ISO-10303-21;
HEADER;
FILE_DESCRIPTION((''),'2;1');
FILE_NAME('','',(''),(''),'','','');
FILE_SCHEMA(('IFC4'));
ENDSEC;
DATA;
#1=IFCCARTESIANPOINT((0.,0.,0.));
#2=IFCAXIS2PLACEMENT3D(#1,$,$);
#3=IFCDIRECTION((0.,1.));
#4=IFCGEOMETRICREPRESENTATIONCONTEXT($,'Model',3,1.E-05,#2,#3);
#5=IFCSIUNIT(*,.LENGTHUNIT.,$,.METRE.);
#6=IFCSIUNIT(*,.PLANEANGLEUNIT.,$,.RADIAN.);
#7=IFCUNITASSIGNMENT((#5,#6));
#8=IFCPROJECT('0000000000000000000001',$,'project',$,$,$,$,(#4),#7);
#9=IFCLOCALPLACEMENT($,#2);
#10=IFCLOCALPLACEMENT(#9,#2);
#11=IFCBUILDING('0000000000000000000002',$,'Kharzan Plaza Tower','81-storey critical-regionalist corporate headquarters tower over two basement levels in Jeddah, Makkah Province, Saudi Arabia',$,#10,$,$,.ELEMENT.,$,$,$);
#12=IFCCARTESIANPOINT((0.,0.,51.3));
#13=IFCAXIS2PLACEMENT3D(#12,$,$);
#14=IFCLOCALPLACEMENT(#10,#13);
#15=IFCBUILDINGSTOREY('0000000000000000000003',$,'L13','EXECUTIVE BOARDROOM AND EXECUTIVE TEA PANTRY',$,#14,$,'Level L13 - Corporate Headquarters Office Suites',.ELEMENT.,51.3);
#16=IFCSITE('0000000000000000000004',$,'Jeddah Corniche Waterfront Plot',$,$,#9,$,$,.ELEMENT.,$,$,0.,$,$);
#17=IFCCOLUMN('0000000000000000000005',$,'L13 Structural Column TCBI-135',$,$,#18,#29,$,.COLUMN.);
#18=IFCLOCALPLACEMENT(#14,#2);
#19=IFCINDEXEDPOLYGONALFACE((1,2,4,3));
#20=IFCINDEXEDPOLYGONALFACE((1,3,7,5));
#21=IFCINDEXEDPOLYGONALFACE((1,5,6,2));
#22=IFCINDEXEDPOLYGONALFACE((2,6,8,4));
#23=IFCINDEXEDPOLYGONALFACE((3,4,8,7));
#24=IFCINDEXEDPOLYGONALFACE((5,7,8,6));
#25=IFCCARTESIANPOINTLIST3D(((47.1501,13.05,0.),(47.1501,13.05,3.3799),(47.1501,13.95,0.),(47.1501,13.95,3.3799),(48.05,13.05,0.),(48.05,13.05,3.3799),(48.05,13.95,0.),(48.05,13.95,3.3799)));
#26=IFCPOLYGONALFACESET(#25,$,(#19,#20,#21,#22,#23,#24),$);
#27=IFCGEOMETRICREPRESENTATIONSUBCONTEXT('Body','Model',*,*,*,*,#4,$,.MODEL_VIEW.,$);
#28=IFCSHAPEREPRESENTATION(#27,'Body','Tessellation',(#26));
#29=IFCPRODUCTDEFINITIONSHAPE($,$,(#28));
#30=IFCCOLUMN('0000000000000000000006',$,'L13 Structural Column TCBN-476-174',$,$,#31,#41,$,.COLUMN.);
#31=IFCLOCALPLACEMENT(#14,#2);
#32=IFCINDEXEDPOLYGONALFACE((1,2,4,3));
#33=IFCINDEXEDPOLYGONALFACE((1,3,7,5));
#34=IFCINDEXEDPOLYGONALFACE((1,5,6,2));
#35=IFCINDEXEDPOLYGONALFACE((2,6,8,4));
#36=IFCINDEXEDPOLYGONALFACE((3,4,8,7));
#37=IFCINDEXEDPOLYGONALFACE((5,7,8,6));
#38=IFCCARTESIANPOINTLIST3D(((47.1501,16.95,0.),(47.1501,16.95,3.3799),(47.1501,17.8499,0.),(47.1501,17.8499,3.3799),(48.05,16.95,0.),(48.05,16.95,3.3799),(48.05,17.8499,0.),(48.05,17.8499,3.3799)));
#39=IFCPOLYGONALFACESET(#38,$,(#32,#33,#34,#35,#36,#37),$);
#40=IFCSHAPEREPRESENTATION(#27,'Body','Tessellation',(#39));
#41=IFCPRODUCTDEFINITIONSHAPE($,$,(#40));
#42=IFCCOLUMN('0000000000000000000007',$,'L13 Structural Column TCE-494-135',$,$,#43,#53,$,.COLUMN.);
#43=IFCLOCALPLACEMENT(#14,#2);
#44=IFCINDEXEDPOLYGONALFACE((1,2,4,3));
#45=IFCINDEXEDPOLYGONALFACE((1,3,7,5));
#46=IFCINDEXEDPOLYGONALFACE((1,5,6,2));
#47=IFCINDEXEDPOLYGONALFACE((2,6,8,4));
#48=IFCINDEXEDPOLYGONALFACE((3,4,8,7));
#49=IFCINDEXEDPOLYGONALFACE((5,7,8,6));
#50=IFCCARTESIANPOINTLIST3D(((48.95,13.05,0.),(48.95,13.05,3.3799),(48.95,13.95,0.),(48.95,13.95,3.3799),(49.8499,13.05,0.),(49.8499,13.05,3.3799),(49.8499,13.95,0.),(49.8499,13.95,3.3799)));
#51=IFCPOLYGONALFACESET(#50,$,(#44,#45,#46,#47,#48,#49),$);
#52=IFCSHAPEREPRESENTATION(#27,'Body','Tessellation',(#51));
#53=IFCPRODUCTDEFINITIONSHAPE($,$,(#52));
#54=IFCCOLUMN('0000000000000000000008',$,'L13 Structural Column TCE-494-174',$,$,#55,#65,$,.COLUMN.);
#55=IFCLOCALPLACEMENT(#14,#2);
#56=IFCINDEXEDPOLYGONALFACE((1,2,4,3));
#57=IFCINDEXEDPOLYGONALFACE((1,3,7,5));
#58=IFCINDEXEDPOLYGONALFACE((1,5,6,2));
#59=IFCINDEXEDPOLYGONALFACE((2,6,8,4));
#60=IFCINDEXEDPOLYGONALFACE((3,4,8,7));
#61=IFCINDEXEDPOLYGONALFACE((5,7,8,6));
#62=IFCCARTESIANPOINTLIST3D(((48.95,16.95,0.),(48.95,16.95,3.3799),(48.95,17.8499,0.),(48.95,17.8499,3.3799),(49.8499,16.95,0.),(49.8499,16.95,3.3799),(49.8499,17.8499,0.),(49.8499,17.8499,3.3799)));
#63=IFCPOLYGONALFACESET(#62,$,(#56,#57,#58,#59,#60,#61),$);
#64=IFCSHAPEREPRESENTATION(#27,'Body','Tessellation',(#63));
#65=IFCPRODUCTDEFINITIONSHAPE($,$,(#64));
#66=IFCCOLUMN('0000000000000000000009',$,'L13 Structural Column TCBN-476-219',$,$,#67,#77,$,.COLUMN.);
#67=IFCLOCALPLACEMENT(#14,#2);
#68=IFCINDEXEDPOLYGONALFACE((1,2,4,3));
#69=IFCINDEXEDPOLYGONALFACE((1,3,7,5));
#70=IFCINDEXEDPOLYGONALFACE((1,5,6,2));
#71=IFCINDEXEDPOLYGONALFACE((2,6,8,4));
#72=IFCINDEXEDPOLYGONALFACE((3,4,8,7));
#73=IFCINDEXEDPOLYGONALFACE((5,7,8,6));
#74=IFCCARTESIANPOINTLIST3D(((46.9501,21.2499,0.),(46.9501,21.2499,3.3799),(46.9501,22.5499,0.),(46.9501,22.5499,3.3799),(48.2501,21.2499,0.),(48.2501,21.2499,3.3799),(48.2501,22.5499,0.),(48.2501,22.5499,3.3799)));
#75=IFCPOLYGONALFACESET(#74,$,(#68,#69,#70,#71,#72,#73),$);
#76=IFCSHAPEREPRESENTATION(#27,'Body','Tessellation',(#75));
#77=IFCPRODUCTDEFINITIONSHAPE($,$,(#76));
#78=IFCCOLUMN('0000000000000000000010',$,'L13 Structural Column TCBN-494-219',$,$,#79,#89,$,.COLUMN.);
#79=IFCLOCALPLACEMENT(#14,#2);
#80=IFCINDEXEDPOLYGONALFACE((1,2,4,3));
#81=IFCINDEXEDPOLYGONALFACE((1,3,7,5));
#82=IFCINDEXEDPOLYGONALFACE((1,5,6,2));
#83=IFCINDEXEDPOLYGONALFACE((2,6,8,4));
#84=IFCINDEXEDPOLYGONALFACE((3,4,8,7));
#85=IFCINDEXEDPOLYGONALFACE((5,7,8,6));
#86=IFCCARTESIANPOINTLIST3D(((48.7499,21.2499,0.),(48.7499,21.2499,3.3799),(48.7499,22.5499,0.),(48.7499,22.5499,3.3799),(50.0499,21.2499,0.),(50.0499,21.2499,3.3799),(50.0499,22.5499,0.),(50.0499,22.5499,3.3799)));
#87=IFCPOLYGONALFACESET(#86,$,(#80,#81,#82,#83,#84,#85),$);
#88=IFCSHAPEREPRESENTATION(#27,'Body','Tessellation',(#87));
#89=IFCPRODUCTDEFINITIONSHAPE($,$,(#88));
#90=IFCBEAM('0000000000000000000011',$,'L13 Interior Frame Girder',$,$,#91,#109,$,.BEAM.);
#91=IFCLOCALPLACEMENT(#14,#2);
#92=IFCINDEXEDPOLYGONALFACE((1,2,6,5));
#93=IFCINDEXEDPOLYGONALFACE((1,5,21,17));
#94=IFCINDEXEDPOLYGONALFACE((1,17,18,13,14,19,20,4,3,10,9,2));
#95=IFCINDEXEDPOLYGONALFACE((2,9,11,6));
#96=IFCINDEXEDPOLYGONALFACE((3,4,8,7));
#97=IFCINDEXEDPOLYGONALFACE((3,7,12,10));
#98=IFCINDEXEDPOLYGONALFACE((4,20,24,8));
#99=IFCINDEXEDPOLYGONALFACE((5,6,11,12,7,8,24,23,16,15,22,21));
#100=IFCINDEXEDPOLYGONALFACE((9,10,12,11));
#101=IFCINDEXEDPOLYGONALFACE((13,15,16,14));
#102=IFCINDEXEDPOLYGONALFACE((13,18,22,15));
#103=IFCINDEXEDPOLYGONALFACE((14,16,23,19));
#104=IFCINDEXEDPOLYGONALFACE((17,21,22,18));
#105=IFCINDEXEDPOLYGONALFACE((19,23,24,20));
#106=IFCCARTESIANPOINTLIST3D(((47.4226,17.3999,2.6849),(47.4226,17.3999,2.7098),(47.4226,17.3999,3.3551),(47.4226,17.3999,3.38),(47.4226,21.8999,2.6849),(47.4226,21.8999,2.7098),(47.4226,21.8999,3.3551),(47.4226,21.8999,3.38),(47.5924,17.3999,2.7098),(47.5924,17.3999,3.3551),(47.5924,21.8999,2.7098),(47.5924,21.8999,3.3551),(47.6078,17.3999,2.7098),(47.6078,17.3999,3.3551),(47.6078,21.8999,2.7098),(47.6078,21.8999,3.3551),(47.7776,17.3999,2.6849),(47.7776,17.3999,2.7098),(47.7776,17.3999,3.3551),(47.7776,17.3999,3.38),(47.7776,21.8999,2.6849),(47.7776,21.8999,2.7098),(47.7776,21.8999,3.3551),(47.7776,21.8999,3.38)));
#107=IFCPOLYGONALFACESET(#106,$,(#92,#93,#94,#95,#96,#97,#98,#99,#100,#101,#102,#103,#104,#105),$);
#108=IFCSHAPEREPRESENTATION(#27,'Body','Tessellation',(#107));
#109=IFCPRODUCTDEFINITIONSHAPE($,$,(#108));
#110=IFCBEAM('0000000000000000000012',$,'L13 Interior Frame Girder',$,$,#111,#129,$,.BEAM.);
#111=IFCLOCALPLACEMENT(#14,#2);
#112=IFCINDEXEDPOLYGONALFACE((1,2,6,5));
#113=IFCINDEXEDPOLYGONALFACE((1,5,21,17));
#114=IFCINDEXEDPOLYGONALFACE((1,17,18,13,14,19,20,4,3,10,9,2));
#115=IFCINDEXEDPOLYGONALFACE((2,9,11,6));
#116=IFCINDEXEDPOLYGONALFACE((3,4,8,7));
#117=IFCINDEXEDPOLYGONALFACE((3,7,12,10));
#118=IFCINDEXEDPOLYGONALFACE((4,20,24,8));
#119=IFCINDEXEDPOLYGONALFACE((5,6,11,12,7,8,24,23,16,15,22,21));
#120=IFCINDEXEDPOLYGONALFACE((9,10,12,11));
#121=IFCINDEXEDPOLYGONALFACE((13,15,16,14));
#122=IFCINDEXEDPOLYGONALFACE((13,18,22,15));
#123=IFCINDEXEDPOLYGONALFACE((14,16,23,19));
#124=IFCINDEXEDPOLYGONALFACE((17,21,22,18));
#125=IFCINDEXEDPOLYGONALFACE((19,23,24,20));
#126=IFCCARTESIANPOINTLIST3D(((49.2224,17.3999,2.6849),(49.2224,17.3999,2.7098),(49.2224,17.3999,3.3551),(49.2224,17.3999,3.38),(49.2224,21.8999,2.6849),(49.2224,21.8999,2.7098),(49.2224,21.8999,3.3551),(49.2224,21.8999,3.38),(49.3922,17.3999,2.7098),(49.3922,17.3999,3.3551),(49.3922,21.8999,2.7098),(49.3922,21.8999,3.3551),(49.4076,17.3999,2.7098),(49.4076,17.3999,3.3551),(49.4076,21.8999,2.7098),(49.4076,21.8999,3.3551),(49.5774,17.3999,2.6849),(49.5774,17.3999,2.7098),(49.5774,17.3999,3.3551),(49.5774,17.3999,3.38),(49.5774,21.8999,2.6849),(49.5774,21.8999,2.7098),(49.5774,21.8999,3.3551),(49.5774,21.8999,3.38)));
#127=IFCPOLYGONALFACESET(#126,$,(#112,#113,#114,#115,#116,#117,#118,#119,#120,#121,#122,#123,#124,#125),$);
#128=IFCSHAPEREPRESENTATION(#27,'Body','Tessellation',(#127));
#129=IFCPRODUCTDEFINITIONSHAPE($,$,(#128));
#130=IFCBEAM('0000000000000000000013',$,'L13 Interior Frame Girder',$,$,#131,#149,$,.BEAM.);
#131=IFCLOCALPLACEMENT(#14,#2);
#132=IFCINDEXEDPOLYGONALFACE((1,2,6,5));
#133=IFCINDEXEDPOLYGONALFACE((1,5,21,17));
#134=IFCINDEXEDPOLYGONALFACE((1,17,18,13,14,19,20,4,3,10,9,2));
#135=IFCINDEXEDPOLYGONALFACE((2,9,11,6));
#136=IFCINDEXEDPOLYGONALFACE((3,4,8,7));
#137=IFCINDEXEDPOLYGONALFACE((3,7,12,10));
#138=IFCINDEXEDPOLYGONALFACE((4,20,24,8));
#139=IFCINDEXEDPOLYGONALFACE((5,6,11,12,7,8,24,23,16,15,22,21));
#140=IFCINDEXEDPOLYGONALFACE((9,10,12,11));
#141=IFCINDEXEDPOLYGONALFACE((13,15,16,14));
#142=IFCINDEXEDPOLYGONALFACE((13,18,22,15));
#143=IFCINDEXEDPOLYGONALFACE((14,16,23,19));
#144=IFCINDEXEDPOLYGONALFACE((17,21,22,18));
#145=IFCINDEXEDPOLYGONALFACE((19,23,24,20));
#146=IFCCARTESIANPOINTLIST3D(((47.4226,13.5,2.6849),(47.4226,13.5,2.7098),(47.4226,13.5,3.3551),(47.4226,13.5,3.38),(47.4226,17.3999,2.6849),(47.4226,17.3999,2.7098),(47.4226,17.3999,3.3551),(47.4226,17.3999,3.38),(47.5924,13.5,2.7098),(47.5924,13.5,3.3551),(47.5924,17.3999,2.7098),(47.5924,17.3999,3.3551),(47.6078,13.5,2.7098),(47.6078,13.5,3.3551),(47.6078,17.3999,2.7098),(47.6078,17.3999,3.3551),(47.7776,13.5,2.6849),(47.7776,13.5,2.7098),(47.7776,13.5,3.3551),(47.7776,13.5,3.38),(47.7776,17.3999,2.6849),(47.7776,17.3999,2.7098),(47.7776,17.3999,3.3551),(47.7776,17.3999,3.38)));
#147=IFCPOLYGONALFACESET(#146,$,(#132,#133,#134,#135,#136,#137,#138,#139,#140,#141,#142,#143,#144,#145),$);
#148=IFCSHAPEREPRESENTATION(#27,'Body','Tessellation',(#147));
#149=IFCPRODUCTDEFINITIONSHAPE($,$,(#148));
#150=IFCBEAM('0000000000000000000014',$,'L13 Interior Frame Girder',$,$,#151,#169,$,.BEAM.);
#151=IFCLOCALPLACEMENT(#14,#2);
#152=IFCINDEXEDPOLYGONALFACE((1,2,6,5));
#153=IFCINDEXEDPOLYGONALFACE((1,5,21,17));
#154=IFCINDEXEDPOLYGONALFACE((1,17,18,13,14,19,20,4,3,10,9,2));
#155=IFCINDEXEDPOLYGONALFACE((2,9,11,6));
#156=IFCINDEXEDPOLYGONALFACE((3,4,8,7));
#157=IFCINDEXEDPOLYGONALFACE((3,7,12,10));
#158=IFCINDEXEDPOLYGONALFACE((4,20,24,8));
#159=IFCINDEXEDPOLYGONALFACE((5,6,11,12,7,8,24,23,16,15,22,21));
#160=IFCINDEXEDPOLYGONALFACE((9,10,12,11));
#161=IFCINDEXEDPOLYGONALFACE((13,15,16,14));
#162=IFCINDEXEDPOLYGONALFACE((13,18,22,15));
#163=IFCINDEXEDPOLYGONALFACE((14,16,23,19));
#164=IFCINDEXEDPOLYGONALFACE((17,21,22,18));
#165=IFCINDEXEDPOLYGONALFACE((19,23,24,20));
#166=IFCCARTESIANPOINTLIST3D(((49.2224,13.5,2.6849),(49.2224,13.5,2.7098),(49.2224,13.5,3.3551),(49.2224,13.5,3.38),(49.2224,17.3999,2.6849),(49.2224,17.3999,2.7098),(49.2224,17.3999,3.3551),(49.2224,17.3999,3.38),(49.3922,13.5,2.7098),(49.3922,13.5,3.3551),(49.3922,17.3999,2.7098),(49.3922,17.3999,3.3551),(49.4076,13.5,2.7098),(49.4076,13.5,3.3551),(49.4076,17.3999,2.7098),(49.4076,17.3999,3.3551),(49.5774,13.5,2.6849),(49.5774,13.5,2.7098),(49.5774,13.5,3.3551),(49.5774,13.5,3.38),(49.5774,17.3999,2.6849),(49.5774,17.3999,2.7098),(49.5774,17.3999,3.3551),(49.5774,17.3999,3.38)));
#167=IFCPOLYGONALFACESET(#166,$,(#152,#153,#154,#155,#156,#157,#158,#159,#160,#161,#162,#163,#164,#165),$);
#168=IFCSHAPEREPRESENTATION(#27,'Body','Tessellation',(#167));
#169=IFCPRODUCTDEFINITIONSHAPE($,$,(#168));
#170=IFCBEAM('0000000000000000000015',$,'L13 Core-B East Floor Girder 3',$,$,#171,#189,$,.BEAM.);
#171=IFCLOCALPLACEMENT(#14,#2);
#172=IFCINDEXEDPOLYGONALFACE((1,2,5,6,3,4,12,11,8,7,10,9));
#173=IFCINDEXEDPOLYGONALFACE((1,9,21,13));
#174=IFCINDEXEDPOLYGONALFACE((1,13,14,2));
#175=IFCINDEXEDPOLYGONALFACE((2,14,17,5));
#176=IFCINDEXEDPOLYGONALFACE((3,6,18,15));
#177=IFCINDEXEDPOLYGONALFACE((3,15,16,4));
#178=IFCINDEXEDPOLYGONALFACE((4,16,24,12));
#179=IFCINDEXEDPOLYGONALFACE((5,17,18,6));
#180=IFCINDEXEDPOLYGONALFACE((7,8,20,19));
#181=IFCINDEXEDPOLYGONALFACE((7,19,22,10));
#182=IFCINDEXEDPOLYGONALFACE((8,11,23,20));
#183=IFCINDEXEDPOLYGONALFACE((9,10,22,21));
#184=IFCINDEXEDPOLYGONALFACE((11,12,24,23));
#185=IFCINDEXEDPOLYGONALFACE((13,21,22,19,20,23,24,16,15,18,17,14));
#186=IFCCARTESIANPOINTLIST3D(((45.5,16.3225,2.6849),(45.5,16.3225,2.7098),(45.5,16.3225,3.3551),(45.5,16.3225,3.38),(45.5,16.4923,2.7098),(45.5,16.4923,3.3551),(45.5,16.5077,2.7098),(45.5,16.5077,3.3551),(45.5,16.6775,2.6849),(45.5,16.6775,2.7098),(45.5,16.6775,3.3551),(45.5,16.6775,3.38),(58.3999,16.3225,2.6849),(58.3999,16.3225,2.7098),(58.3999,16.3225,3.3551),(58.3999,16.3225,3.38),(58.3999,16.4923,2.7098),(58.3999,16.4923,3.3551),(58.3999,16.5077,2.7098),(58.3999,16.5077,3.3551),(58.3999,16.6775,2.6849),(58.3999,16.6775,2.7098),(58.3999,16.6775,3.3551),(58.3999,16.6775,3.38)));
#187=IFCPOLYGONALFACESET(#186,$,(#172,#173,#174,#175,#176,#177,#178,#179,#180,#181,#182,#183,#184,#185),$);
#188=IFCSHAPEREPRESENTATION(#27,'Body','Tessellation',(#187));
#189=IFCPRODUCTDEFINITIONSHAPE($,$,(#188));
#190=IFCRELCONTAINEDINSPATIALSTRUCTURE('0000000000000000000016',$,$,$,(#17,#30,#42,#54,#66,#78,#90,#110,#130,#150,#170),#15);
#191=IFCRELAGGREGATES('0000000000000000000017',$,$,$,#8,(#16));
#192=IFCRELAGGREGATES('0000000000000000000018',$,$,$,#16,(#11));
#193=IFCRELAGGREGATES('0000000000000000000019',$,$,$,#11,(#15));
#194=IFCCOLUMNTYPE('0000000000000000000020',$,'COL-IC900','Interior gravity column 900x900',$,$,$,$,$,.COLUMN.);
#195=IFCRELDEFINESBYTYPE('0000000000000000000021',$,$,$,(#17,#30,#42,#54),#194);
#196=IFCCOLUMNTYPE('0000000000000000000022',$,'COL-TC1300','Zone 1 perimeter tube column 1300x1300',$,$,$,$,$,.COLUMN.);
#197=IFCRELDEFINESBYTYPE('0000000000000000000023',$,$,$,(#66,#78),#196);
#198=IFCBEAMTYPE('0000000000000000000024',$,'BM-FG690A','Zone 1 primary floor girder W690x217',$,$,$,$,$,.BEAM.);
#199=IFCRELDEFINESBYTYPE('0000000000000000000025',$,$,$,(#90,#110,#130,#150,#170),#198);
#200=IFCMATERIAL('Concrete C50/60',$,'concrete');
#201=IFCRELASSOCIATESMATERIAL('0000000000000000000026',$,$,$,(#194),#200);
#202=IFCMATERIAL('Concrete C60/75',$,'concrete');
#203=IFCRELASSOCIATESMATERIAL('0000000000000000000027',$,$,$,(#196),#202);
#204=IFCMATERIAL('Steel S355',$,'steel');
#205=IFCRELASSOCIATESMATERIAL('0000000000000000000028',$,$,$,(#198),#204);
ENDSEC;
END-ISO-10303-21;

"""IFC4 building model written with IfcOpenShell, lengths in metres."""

from ifc_helpers import new_model, si_unit, direction, frame, origin, origin_2d, place, context, subcontext, project, spatial, rectangle, i_section, extrude, source, transform, mapped, material, material_profile, profile_set, type_object, element, save


model = new_model("IFC4")

# Units and contexts
model_context = context("Model", 3, precision=1e-05, world=origin(), true_north=direction((0.0, 1.0)))
body_context = subcontext(model_context, "Body", "Model", "MODEL_VIEW")
ifc_project = project(units=[si_unit("LENGTHUNIT", "METRE"), si_unit("PLANEANGLEUNIT", "RADIAN")], contexts=[model_context])

# Site, building, storey
site_placement = place(None, origin())
site = spatial("IfcSite", under=ifc_project, at=site_placement, Name="Jeddah Corniche Waterfront Plot", CompositionType="ELEMENT", RefElevation=0.0)
building_placement = place(site_placement, origin())
building = spatial("IfcBuilding", under=site, at=building_placement, Name="Kharzan Plaza Tower", Description="81-storey critical-regionalist corporate headquarters tower over two basement levels in Jeddah, Makkah Province, Saudi Arabia", CompositionType="ELEMENT")
storey_placement = place(building_placement, frame((0.0, 0.0, 51.3)))
storey = spatial("IfcBuildingStorey", under=building, at=storey_placement, Name="L13", Description="EXECUTIVE BOARDROOM AND EXECUTIVE TEA PANTRY", LongName="Level L13 - Corporate Headquarters Office Suites", CompositionType="ELEMENT", Elevation=51.3)

# Columns
ifc_material_1 = material(Name="Concrete C50/60", Category="concrete")
ifc_material_profile_1 = material_profile(ifc_material_1, rectangle(XDim=0.8999, YDim=0.8999, at=origin_2d()), Name="RC-IC900x900")
ifc_profile_set_1 = profile_set([ifc_material_profile_1], Name="Concrete C50/60")
column_type_1 = type_object("IfcColumnType", Name="COL-IC900", Description="Interior gravity column 900x900", PredefinedType="COLUMN", material=ifc_profile_set_1)
shared_shape_1 = source(origin(), body_context, "Body", "SweptSolid", [
    extrude(rectangle(XDim=0.8999, YDim=0.8999, at=origin_2d()), origin(), (0.0, 0.0, 1.0), 3.3799),
])
for number, where, z_axis, x_axis, name in (
    (1, (47.6001, 13.5, 0.0), (0.0, 0.0, 1.0), (1.0, 0.0, 0.0), "L13 Structural Column TCBI-135"),
    (2, (47.6001, 17.3999, 0.0), (0.0, 0.0, 1.0), (1.0, 0.0, 0.0), "L13 Structural Column TCBN-476-174"),
    (3, (49.3999, 13.5, 0.0), (0.0, 0.0, 1.0), (1.0, 0.0, 0.0), "L13 Structural Column TCE-494-135"),
    (4, (49.3999, 17.3999, 0.0), (0.0, 0.0, 1.0), (1.0, 0.0, 0.0), "L13 Structural Column TCE-494-174"),
):
    element("IfcColumn", number, at=place(storey_placement, frame(where, z_axis=z_axis, x_axis=x_axis)), inside=storey, type_object=column_type_1, Name=name, PredefinedType="COLUMN", context=body_context, shape_type="MappedRepresentation", body=[
        mapped(shared_shape_1, transform((0.0, 0.0, 0.0), x_axis=(1.0, 0.0, 0.0), y_axis=(0.0, 1.0, 0.0), z_axis=(0.0, 0.0, 1.0))),
    ])
ifc_material_2 = material(Name="Concrete C60/75", Category="concrete")
ifc_material_profile_2 = material_profile(ifc_material_2, rectangle(XDim=1.3, YDim=1.3, at=origin_2d()), Name="RC-TC1300x1300")
ifc_profile_set_2 = profile_set([ifc_material_profile_2], Name="Concrete C60/75")
column_type_2 = type_object("IfcColumnType", Name="COL-TC1300", Description="Zone 1 perimeter tube column 1300x1300", PredefinedType="COLUMN", material=ifc_profile_set_2)
shared_shape_2 = source(origin(), body_context, "Body", "SweptSolid", [
    extrude(rectangle(XDim=1.3, YDim=1.3, at=origin_2d()), origin(), (0.0, 0.0, 1.0), 3.3799),
])
for number, where, z_axis, x_axis, name in (
    (5, (47.6001, 21.8999, 0.0), (0.0, 0.0, 1.0), (1.0, 0.0, 0.0), "L13 Structural Column TCBN-476-219"),
    (6, (49.3999, 21.8999, 0.0), (0.0, 0.0, 1.0), (1.0, 0.0, 0.0), "L13 Structural Column TCBN-494-219"),
):
    element("IfcColumn", number, at=place(storey_placement, frame(where, z_axis=z_axis, x_axis=x_axis)), inside=storey, type_object=column_type_2, Name=name, PredefinedType="COLUMN", context=body_context, shape_type="MappedRepresentation", body=[
        mapped(shared_shape_2, transform((0.0, 0.0, 0.0), x_axis=(1.0, 0.0, 0.0), y_axis=(0.0, 1.0, 0.0), z_axis=(0.0, 0.0, 1.0))),
    ])

# Beams
ifc_material_3 = material(Name="Steel S355", Category="steel")
ifc_material_profile_3 = material_profile(ifc_material_3, i_section(OverallWidth=0.355, OverallDepth=0.6951, WebThickness=0.0154, FlangeThickness=0.0249, at=origin_2d()), Name="W690x217")
ifc_profile_set_3 = profile_set([ifc_material_profile_3], Name="Steel S355")
beam_type_1 = type_object("IfcBeamType", Name="BM-FG690A", Description="Zone 1 primary floor girder W690x217", PredefinedType="BEAM", material=ifc_profile_set_3)
shared_shape_3 = source(origin(), body_context, "Body", "SweptSolid", [
    extrude(i_section(OverallWidth=0.355, OverallDepth=0.6951, WebThickness=0.0154, FlangeThickness=0.0249, at=origin_2d()), origin(), (0.0, 0.0, 1.0), 4.5),
])
for number, where, z_axis, x_axis, name in (
    (7, (47.6001, 17.3999, 3.0325), (0.0, 1.0, 0.0), (-1.0, 0.0, 0.0), "L13 Interior Frame Girder"),
    (8, (49.3999, 17.3999, 3.0325), (0.0, 1.0, 0.0), (-1.0, 0.0, 0.0), "L13 Interior Frame Girder"),
):
    element("IfcBeam", number, at=place(storey_placement, frame(where, z_axis=z_axis, x_axis=x_axis)), inside=storey, type_object=beam_type_1, Name=name, PredefinedType="BEAM", context=body_context, shape_type="MappedRepresentation", body=[
        mapped(shared_shape_3, transform((0.0, 0.0, 0.0), x_axis=(1.0, 0.0, 0.0), y_axis=(0.0, 1.0, 0.0), z_axis=(0.0, 0.0, 1.0))),
    ])
shared_shape_4 = source(origin(), body_context, "Body", "SweptSolid", [
    extrude(i_section(OverallWidth=0.355, OverallDepth=0.6951, WebThickness=0.0154, FlangeThickness=0.0249, at=origin_2d()), origin(), (0.0, 0.0, 1.0), 3.8999),
])
for number, where, z_axis, x_axis, name in (
    (9, (47.6001, 13.5, 3.0325), (0.0, 1.0, 0.0), (-1.0, 0.0, 0.0), "L13 Interior Frame Girder"),
    (10, (49.3999, 13.5, 3.0325), (0.0, 1.0, 0.0), (-1.0, 0.0, 0.0), "L13 Interior Frame Girder"),
):
    element("IfcBeam", number, at=place(storey_placement, frame(where, z_axis=z_axis, x_axis=x_axis)), inside=storey, type_object=beam_type_1, Name=name, PredefinedType="BEAM", context=body_context, shape_type="MappedRepresentation", body=[
        mapped(shared_shape_4, transform((0.0, 0.0, 0.0), x_axis=(1.0, 0.0, 0.0), y_axis=(0.0, 1.0, 0.0), z_axis=(0.0, 0.0, 1.0))),
    ])
shared_shape_5 = source(origin(), body_context, "Body", "SweptSolid", [
    extrude(i_section(OverallWidth=0.355, OverallDepth=0.6951, WebThickness=0.0154, FlangeThickness=0.0249, at=origin_2d()), origin(), (0.0, 0.0, 1.0), 12.8999),
])
beam_1_placement = place(storey_placement, frame((45.5, 16.5, 3.0325), z_axis=(1.0, 0.0, 0.0), x_axis=(0.0, 1.0, 0.0)))
element("IfcBeam", 11, at=beam_1_placement, inside=storey, type_object=beam_type_1, Name="L13 Core-B East Floor Girder 3", PredefinedType="BEAM", context=body_context, shape_type="MappedRepresentation", body=[
    mapped(shared_shape_5, transform((0.0, 0.0, 0.0), x_axis=(1.0, 0.0, 0.0), y_axis=(0.0, 1.0, 0.0), z_axis=(0.0, 0.0, 1.0))),
])

save(model, "model.ifc")
